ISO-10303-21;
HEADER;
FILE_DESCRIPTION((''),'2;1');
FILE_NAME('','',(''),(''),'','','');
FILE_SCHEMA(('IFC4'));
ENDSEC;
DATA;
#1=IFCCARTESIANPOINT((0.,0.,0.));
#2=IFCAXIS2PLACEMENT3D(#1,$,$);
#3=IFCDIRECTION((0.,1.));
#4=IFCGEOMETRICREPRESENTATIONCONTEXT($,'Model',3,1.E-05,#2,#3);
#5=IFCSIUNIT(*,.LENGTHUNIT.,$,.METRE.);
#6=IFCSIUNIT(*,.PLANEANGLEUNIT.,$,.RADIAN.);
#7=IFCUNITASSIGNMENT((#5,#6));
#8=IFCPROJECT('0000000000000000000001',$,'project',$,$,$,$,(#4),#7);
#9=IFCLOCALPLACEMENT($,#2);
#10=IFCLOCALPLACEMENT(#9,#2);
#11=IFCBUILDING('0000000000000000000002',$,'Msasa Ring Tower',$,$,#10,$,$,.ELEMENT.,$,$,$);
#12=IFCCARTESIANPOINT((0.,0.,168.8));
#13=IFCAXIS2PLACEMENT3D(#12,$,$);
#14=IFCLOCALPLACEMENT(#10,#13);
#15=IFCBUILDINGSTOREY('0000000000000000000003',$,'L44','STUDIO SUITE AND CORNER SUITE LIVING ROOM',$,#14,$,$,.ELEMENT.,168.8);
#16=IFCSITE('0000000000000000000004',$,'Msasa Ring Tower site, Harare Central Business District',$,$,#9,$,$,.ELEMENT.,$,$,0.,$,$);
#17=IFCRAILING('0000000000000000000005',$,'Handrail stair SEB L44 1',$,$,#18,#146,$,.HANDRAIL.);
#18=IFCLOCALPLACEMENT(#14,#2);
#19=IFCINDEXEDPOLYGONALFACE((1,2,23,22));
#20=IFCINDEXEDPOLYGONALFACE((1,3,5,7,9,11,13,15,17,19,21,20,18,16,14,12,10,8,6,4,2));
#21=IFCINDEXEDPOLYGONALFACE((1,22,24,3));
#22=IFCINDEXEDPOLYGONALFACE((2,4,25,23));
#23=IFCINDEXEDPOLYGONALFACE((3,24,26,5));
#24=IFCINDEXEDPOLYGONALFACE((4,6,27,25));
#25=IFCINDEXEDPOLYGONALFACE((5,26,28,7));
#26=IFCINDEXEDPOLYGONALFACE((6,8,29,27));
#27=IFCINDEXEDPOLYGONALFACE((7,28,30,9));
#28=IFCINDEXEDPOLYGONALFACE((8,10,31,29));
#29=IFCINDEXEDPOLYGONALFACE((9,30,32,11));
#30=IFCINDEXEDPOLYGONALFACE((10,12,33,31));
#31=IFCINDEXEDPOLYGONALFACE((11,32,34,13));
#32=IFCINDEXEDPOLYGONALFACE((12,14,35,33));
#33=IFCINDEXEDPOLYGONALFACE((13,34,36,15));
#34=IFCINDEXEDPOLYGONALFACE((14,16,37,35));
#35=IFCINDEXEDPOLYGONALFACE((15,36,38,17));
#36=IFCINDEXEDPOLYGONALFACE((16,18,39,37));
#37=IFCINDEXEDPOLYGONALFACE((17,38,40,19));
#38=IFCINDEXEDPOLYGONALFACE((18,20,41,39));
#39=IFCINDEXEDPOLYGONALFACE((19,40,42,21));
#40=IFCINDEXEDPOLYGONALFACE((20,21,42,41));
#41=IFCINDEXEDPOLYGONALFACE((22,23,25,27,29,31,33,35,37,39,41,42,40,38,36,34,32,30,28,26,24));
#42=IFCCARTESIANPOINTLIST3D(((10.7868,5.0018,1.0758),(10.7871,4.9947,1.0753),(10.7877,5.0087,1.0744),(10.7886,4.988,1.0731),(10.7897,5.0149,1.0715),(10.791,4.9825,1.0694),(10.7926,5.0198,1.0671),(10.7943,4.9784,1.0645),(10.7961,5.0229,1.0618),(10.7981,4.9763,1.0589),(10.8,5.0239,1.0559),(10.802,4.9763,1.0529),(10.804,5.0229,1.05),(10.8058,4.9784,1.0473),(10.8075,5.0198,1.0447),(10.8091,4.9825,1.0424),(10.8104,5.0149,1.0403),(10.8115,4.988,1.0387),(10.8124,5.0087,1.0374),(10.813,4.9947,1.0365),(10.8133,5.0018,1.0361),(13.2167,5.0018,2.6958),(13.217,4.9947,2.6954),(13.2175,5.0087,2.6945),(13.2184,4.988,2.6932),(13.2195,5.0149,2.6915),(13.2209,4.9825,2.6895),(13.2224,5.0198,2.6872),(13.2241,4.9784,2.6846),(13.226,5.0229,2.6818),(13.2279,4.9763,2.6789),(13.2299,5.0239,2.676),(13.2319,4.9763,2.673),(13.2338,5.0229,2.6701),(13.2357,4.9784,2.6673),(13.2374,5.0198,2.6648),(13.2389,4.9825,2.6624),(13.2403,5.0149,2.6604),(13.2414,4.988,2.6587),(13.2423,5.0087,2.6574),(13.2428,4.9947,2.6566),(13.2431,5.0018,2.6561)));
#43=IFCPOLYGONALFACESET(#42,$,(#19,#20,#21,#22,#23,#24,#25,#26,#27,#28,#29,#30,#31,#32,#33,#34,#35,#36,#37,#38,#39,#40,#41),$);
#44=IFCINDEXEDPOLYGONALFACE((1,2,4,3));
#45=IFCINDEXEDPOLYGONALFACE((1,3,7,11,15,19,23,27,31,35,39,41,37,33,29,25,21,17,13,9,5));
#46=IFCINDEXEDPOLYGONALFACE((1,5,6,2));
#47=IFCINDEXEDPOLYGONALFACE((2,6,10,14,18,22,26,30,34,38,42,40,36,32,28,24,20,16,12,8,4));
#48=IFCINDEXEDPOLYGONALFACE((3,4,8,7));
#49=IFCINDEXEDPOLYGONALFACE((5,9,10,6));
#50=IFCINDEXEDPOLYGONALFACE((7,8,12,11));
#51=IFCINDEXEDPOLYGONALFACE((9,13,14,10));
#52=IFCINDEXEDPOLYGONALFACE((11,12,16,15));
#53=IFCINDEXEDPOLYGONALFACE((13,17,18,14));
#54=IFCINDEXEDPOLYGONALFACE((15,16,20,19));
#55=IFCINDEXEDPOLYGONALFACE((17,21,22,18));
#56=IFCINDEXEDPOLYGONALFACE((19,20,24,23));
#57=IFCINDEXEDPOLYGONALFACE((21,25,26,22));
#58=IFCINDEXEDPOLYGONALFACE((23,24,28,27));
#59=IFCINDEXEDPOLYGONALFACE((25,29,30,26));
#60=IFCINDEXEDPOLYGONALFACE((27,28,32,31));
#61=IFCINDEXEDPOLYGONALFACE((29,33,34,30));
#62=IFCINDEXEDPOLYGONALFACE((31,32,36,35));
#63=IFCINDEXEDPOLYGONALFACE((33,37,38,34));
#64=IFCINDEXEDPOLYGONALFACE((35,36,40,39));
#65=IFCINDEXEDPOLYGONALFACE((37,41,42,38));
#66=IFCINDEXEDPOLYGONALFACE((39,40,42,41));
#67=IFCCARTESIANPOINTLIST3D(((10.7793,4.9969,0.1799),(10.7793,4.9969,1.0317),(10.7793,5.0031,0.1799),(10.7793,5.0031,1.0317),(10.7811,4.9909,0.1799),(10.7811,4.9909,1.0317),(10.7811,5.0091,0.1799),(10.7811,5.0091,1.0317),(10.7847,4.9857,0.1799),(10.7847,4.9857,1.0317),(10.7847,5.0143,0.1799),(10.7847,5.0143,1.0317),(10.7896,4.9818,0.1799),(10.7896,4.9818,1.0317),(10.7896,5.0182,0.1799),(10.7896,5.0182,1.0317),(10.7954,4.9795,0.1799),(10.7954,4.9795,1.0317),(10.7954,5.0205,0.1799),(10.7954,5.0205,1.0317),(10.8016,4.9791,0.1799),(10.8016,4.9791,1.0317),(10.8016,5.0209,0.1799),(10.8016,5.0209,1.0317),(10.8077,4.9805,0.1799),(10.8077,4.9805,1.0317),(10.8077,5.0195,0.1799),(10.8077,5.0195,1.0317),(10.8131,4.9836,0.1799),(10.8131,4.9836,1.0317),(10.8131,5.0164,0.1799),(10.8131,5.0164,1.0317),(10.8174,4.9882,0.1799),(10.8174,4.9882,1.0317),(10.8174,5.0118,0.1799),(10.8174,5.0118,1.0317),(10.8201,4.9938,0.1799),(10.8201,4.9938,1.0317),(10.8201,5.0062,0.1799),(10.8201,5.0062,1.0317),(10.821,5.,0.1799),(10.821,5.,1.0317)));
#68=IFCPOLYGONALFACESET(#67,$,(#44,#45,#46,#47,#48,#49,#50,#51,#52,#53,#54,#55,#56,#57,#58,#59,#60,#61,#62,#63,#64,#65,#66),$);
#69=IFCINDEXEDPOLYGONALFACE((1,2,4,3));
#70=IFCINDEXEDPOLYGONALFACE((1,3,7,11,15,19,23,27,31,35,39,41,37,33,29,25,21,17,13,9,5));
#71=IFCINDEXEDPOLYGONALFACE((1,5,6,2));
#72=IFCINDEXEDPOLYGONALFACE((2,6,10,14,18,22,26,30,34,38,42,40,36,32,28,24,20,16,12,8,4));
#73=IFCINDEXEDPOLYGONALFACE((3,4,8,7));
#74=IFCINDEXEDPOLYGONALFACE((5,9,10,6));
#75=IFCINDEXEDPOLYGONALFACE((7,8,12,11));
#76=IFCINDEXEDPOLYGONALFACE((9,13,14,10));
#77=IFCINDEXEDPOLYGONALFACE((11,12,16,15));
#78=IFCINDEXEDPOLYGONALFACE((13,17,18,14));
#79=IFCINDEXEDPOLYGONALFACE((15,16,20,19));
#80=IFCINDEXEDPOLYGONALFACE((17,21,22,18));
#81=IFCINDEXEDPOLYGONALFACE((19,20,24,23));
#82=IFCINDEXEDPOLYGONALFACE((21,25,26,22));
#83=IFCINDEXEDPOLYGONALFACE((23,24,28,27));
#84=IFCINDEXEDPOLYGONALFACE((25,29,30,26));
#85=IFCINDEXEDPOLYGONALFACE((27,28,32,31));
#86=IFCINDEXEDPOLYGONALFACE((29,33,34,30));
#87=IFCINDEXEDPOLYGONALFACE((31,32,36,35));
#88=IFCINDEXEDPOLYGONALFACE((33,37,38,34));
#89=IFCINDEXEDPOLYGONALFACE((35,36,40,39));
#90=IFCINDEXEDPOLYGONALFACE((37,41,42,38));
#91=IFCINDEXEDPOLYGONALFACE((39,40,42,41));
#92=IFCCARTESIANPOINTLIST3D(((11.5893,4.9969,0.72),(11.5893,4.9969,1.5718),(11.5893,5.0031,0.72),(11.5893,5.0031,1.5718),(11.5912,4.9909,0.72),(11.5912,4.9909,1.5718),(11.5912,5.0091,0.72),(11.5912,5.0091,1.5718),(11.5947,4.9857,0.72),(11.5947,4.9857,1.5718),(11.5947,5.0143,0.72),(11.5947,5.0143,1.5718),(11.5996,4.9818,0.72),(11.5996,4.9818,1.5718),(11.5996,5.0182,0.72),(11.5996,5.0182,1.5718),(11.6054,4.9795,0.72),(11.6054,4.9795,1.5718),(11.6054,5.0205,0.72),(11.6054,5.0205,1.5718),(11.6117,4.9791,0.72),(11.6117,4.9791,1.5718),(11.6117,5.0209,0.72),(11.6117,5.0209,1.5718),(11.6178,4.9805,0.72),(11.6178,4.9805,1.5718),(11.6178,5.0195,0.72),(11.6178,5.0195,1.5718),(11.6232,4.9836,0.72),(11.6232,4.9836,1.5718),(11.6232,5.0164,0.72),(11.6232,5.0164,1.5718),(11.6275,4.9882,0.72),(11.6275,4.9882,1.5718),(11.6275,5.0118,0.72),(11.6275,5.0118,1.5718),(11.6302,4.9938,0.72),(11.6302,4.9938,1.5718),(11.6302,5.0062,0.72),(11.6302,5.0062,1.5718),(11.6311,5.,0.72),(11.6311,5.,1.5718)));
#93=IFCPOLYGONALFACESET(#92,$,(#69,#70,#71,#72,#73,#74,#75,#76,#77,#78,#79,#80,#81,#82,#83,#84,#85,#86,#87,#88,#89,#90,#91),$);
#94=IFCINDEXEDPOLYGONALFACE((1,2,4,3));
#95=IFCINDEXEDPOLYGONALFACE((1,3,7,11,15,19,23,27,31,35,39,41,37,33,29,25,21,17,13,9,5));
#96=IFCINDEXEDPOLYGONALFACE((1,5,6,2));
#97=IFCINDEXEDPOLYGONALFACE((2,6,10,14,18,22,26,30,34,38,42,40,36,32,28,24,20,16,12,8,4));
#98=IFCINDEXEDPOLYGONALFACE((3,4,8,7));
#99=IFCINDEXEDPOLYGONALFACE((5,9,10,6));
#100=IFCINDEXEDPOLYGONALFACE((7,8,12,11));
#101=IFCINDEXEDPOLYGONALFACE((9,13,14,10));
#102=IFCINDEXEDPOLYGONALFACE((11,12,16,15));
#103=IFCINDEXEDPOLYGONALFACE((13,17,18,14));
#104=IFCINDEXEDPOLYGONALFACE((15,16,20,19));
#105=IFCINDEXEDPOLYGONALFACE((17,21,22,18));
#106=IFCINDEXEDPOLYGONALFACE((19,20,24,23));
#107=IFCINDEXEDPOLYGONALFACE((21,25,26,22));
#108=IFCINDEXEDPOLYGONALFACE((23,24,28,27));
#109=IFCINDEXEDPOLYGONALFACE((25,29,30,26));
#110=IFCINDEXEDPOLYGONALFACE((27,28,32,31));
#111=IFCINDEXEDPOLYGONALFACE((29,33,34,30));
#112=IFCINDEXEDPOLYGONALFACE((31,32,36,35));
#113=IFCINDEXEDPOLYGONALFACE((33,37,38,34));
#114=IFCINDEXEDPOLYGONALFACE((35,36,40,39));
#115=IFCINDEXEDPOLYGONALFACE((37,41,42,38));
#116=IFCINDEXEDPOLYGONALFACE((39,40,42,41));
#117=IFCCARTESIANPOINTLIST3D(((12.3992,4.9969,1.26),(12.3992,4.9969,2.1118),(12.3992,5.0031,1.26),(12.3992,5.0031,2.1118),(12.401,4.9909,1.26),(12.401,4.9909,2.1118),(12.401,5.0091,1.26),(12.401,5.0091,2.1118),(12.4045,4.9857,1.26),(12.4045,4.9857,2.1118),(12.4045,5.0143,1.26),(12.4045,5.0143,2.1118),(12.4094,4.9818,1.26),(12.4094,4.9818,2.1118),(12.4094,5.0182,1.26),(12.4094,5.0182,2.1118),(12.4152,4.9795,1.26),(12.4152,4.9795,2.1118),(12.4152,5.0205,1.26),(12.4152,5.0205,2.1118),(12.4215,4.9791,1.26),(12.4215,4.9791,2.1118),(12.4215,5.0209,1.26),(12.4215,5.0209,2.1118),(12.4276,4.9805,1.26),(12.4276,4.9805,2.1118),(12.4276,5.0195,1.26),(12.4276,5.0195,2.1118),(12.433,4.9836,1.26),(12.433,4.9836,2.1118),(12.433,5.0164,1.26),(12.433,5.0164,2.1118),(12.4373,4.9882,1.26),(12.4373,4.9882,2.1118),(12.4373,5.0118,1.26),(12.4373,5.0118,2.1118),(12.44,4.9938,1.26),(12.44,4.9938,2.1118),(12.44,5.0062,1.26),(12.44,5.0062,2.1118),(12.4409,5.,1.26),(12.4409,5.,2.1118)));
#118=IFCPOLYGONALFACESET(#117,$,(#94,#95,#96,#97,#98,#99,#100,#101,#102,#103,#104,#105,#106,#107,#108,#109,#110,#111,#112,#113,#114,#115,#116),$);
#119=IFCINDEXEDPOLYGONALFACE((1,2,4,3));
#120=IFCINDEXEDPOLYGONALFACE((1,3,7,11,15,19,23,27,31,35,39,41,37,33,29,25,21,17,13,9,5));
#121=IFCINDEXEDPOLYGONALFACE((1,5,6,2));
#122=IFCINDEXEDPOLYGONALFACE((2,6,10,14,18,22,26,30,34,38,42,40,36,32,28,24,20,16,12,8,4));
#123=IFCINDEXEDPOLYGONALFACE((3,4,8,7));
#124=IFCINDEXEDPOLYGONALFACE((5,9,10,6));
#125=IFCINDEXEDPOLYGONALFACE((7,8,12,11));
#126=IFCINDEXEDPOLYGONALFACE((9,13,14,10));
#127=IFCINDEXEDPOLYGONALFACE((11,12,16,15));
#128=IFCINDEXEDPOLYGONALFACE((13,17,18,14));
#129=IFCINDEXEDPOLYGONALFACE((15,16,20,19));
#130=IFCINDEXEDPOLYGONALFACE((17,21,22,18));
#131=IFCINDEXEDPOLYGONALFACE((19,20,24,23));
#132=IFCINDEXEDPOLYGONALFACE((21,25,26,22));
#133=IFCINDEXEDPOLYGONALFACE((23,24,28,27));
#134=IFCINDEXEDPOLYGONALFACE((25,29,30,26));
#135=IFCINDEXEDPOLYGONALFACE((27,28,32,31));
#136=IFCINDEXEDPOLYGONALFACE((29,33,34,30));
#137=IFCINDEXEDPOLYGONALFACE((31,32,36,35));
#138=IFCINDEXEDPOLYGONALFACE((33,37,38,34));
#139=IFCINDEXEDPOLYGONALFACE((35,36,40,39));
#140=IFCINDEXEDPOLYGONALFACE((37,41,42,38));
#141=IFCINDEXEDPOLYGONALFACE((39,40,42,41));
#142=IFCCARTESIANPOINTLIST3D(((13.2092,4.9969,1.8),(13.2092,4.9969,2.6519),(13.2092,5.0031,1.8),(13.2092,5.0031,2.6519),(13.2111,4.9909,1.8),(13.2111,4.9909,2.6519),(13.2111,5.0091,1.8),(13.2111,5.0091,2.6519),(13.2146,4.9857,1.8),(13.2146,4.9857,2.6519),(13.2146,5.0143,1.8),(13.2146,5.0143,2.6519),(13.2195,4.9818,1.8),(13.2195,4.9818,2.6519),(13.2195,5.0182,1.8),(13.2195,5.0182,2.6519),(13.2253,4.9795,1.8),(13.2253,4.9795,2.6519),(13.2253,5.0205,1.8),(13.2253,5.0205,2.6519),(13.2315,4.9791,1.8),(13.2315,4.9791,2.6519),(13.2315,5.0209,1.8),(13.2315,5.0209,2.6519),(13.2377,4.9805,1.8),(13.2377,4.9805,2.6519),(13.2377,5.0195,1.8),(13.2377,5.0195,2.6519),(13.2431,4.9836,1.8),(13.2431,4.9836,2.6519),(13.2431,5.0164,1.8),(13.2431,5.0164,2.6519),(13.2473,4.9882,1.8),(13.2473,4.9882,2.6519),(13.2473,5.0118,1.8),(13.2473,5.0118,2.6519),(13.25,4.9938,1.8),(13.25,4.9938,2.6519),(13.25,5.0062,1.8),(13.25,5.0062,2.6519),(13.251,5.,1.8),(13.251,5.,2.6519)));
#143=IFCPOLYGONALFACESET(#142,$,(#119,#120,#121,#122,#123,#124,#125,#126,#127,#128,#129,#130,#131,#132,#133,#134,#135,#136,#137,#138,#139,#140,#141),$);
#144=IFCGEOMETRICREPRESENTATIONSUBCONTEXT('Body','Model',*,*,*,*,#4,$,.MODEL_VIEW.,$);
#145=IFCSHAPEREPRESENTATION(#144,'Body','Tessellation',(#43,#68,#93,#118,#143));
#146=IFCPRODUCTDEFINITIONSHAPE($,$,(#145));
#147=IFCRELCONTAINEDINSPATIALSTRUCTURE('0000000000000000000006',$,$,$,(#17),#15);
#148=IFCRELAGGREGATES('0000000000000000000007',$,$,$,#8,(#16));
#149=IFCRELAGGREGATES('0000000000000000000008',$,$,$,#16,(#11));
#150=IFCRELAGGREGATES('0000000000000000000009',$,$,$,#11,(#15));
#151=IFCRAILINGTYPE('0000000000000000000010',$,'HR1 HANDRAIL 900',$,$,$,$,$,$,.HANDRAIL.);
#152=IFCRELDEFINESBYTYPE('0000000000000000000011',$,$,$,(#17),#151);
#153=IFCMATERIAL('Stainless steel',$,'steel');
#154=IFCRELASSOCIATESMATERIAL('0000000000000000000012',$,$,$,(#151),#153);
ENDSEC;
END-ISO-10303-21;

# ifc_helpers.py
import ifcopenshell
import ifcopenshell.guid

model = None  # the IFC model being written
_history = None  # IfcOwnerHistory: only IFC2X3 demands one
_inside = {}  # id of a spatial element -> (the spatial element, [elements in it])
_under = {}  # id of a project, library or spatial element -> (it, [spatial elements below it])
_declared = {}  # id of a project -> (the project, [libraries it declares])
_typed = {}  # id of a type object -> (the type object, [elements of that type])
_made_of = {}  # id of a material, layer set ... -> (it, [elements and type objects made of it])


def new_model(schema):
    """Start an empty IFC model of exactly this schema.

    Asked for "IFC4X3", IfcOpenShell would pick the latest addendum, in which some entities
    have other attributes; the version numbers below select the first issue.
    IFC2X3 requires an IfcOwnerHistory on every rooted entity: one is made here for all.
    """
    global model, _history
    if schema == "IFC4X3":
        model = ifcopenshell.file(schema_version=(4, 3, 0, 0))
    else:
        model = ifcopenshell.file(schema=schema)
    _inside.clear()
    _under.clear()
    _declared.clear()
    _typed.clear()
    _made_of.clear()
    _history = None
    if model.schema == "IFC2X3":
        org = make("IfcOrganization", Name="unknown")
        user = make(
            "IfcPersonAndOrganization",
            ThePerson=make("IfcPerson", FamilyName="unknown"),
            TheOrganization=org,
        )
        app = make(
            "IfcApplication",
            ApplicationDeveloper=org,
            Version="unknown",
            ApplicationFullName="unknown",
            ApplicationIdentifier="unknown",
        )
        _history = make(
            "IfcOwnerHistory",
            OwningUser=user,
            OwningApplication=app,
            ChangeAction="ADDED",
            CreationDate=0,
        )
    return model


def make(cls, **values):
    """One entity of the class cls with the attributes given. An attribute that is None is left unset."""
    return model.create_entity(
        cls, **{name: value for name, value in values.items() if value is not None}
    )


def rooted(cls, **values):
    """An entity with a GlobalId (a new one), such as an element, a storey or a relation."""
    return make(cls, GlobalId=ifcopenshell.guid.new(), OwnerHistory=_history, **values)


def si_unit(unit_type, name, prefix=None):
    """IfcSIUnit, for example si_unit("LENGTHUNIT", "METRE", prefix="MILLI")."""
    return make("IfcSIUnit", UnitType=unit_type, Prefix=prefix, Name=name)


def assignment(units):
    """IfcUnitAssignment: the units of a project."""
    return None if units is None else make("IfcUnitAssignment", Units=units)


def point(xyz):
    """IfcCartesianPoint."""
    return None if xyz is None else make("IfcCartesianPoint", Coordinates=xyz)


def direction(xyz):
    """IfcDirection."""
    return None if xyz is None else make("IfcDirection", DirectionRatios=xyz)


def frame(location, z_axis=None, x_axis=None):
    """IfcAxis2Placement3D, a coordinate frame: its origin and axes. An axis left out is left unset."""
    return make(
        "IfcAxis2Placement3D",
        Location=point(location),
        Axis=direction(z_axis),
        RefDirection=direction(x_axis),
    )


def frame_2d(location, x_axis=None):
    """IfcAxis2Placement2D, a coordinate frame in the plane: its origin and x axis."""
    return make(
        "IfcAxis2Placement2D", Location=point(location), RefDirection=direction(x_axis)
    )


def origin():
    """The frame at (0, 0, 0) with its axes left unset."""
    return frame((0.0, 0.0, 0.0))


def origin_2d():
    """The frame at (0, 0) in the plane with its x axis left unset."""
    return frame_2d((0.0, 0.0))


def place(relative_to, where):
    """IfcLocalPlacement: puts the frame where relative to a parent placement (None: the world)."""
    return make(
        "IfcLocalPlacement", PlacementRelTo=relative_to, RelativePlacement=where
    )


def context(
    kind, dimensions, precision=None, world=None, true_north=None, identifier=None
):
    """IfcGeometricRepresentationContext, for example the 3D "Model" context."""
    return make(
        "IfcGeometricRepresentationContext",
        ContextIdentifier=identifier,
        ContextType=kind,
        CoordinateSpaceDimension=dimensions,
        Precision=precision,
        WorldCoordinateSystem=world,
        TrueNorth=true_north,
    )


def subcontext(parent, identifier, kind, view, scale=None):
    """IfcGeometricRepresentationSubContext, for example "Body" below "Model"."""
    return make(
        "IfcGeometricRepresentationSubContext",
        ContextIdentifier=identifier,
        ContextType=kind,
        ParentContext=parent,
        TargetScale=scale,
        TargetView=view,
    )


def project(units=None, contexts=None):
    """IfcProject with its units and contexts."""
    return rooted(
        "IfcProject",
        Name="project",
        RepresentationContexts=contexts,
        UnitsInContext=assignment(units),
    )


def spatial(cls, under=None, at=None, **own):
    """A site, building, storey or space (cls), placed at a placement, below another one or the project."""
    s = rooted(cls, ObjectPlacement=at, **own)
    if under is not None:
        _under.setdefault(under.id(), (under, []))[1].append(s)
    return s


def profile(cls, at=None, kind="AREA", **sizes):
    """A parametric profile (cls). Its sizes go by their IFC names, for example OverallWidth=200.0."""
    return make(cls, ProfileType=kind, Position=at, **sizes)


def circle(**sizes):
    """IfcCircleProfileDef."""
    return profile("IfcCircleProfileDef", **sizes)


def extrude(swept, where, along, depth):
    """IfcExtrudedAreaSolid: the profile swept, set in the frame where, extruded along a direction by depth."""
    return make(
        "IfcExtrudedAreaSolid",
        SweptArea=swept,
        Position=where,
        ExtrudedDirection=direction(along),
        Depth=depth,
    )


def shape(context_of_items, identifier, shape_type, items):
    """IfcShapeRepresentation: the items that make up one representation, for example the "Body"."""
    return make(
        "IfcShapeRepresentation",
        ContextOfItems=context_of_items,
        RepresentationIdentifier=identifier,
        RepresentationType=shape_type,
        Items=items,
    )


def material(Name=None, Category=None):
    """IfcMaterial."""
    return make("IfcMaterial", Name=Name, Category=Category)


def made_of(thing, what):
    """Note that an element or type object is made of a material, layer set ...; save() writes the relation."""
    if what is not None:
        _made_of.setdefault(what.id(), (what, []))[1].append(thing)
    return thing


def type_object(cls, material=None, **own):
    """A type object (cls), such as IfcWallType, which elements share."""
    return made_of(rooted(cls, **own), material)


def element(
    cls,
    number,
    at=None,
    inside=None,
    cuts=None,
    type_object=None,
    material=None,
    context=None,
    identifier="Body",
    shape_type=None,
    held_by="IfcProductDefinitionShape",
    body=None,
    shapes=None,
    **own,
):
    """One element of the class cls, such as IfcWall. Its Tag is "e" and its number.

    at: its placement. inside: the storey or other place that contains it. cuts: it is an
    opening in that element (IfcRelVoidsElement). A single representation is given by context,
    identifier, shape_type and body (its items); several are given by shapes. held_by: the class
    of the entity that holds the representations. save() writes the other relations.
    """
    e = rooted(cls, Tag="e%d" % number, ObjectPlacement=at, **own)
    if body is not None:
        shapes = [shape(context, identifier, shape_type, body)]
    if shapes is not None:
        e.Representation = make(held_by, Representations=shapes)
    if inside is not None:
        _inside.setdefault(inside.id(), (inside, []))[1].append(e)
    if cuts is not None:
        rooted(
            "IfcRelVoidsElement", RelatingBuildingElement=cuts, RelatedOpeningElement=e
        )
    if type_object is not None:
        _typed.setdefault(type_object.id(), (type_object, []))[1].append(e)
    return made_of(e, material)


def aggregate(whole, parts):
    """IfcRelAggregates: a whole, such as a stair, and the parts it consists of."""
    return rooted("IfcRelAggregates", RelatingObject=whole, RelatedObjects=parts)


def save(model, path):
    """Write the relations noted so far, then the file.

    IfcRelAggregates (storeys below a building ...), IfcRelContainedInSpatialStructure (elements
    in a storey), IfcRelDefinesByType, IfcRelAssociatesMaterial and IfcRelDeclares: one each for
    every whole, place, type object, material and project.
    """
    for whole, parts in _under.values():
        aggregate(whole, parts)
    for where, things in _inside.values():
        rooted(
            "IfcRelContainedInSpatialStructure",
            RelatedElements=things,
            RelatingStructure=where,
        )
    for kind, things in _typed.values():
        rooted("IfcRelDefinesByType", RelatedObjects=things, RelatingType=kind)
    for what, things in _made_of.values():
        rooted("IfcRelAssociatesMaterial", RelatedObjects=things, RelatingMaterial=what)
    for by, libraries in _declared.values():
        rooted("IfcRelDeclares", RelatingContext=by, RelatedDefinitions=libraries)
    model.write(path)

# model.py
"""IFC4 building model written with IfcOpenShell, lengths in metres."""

from ifc_helpers import new_model, si_unit, direction, frame, origin, origin_2d, place, context, subcontext, project, spatial, circle, extrude, material, type_object, element, save


model = new_model("IFC4")

# Units and contexts
model_context = context("Model", 3, precision=1e-05, world=origin(), true_north=direction((0.0, 1.0)))
body_context = subcontext(model_context, "Body", "Model", "MODEL_VIEW")
ifc_project = project(units=[si_unit("LENGTHUNIT", "METRE"), si_unit("PLANEANGLEUNIT", "RADIAN")], contexts=[model_context])

# Site, building, storey
site_placement = place(None, origin())
site = spatial("IfcSite", under=ifc_project, at=site_placement, Name="Msasa Ring Tower site, Harare Central Business District", CompositionType="ELEMENT", RefElevation=0.0)
building_placement = place(site_placement, origin())
building = spatial("IfcBuilding", under=site, at=building_placement, Name="Msasa Ring Tower", CompositionType="ELEMENT")
storey_placement = place(building_placement, frame((0.0, 0.0, 168.8)))
storey = spatial("IfcBuildingStorey", under=building, at=storey_placement, Name="L44", Description="STUDIO SUITE AND CORNER SUITE LIVING ROOM", CompositionType="ELEMENT", Elevation=168.8)

# Railing
ifc_material_1 = material(Name="Stainless steel", Category="steel")
railing_type = type_object("IfcRailingType", Name="HR1 HANDRAIL 900", PredefinedType="HANDRAIL", material=ifc_material_1)
railing_placement = place(storey_placement, frame((10.8, 5.0, 0.1799)))
element("IfcRailing", 1, at=railing_placement, inside=storey, type_object=railing_type, Name="Handrail stair SEB L44 1", PredefinedType="HANDRAIL", context=body_context, shape_type="SweptSolid", body=[
    extrude(circle(Radius=0.0239, at=origin_2d()), frame((0.0, 0.0, 0.876), z_axis=(0.832025, 0.0, 0.554739), x_axis=(0.0, 1.0, 0.0)), (0.0, 0.0, 1.0), 2.9204),
    extrude(circle(Radius=0.021, at=origin_2d()), origin(), (0.0, 0.0, 1.0), 0.8518),
    extrude(circle(Radius=0.021, at=origin_2d()), frame((0.8101, 0.0, 0.54)), (0.0, 0.0, 1.0), 0.8518),
    extrude(circle(Radius=0.021, at=origin_2d()), frame((1.6199, 0.0, 1.0801)), (0.0, 0.0, 1.0), 0.8518),
    extrude(circle(Radius=0.021, at=origin_2d()), frame((2.4299, 0.0, 1.6201)), (0.0, 0.0, 1.0), 0.8518),
])

save(model, "model.ifc")
